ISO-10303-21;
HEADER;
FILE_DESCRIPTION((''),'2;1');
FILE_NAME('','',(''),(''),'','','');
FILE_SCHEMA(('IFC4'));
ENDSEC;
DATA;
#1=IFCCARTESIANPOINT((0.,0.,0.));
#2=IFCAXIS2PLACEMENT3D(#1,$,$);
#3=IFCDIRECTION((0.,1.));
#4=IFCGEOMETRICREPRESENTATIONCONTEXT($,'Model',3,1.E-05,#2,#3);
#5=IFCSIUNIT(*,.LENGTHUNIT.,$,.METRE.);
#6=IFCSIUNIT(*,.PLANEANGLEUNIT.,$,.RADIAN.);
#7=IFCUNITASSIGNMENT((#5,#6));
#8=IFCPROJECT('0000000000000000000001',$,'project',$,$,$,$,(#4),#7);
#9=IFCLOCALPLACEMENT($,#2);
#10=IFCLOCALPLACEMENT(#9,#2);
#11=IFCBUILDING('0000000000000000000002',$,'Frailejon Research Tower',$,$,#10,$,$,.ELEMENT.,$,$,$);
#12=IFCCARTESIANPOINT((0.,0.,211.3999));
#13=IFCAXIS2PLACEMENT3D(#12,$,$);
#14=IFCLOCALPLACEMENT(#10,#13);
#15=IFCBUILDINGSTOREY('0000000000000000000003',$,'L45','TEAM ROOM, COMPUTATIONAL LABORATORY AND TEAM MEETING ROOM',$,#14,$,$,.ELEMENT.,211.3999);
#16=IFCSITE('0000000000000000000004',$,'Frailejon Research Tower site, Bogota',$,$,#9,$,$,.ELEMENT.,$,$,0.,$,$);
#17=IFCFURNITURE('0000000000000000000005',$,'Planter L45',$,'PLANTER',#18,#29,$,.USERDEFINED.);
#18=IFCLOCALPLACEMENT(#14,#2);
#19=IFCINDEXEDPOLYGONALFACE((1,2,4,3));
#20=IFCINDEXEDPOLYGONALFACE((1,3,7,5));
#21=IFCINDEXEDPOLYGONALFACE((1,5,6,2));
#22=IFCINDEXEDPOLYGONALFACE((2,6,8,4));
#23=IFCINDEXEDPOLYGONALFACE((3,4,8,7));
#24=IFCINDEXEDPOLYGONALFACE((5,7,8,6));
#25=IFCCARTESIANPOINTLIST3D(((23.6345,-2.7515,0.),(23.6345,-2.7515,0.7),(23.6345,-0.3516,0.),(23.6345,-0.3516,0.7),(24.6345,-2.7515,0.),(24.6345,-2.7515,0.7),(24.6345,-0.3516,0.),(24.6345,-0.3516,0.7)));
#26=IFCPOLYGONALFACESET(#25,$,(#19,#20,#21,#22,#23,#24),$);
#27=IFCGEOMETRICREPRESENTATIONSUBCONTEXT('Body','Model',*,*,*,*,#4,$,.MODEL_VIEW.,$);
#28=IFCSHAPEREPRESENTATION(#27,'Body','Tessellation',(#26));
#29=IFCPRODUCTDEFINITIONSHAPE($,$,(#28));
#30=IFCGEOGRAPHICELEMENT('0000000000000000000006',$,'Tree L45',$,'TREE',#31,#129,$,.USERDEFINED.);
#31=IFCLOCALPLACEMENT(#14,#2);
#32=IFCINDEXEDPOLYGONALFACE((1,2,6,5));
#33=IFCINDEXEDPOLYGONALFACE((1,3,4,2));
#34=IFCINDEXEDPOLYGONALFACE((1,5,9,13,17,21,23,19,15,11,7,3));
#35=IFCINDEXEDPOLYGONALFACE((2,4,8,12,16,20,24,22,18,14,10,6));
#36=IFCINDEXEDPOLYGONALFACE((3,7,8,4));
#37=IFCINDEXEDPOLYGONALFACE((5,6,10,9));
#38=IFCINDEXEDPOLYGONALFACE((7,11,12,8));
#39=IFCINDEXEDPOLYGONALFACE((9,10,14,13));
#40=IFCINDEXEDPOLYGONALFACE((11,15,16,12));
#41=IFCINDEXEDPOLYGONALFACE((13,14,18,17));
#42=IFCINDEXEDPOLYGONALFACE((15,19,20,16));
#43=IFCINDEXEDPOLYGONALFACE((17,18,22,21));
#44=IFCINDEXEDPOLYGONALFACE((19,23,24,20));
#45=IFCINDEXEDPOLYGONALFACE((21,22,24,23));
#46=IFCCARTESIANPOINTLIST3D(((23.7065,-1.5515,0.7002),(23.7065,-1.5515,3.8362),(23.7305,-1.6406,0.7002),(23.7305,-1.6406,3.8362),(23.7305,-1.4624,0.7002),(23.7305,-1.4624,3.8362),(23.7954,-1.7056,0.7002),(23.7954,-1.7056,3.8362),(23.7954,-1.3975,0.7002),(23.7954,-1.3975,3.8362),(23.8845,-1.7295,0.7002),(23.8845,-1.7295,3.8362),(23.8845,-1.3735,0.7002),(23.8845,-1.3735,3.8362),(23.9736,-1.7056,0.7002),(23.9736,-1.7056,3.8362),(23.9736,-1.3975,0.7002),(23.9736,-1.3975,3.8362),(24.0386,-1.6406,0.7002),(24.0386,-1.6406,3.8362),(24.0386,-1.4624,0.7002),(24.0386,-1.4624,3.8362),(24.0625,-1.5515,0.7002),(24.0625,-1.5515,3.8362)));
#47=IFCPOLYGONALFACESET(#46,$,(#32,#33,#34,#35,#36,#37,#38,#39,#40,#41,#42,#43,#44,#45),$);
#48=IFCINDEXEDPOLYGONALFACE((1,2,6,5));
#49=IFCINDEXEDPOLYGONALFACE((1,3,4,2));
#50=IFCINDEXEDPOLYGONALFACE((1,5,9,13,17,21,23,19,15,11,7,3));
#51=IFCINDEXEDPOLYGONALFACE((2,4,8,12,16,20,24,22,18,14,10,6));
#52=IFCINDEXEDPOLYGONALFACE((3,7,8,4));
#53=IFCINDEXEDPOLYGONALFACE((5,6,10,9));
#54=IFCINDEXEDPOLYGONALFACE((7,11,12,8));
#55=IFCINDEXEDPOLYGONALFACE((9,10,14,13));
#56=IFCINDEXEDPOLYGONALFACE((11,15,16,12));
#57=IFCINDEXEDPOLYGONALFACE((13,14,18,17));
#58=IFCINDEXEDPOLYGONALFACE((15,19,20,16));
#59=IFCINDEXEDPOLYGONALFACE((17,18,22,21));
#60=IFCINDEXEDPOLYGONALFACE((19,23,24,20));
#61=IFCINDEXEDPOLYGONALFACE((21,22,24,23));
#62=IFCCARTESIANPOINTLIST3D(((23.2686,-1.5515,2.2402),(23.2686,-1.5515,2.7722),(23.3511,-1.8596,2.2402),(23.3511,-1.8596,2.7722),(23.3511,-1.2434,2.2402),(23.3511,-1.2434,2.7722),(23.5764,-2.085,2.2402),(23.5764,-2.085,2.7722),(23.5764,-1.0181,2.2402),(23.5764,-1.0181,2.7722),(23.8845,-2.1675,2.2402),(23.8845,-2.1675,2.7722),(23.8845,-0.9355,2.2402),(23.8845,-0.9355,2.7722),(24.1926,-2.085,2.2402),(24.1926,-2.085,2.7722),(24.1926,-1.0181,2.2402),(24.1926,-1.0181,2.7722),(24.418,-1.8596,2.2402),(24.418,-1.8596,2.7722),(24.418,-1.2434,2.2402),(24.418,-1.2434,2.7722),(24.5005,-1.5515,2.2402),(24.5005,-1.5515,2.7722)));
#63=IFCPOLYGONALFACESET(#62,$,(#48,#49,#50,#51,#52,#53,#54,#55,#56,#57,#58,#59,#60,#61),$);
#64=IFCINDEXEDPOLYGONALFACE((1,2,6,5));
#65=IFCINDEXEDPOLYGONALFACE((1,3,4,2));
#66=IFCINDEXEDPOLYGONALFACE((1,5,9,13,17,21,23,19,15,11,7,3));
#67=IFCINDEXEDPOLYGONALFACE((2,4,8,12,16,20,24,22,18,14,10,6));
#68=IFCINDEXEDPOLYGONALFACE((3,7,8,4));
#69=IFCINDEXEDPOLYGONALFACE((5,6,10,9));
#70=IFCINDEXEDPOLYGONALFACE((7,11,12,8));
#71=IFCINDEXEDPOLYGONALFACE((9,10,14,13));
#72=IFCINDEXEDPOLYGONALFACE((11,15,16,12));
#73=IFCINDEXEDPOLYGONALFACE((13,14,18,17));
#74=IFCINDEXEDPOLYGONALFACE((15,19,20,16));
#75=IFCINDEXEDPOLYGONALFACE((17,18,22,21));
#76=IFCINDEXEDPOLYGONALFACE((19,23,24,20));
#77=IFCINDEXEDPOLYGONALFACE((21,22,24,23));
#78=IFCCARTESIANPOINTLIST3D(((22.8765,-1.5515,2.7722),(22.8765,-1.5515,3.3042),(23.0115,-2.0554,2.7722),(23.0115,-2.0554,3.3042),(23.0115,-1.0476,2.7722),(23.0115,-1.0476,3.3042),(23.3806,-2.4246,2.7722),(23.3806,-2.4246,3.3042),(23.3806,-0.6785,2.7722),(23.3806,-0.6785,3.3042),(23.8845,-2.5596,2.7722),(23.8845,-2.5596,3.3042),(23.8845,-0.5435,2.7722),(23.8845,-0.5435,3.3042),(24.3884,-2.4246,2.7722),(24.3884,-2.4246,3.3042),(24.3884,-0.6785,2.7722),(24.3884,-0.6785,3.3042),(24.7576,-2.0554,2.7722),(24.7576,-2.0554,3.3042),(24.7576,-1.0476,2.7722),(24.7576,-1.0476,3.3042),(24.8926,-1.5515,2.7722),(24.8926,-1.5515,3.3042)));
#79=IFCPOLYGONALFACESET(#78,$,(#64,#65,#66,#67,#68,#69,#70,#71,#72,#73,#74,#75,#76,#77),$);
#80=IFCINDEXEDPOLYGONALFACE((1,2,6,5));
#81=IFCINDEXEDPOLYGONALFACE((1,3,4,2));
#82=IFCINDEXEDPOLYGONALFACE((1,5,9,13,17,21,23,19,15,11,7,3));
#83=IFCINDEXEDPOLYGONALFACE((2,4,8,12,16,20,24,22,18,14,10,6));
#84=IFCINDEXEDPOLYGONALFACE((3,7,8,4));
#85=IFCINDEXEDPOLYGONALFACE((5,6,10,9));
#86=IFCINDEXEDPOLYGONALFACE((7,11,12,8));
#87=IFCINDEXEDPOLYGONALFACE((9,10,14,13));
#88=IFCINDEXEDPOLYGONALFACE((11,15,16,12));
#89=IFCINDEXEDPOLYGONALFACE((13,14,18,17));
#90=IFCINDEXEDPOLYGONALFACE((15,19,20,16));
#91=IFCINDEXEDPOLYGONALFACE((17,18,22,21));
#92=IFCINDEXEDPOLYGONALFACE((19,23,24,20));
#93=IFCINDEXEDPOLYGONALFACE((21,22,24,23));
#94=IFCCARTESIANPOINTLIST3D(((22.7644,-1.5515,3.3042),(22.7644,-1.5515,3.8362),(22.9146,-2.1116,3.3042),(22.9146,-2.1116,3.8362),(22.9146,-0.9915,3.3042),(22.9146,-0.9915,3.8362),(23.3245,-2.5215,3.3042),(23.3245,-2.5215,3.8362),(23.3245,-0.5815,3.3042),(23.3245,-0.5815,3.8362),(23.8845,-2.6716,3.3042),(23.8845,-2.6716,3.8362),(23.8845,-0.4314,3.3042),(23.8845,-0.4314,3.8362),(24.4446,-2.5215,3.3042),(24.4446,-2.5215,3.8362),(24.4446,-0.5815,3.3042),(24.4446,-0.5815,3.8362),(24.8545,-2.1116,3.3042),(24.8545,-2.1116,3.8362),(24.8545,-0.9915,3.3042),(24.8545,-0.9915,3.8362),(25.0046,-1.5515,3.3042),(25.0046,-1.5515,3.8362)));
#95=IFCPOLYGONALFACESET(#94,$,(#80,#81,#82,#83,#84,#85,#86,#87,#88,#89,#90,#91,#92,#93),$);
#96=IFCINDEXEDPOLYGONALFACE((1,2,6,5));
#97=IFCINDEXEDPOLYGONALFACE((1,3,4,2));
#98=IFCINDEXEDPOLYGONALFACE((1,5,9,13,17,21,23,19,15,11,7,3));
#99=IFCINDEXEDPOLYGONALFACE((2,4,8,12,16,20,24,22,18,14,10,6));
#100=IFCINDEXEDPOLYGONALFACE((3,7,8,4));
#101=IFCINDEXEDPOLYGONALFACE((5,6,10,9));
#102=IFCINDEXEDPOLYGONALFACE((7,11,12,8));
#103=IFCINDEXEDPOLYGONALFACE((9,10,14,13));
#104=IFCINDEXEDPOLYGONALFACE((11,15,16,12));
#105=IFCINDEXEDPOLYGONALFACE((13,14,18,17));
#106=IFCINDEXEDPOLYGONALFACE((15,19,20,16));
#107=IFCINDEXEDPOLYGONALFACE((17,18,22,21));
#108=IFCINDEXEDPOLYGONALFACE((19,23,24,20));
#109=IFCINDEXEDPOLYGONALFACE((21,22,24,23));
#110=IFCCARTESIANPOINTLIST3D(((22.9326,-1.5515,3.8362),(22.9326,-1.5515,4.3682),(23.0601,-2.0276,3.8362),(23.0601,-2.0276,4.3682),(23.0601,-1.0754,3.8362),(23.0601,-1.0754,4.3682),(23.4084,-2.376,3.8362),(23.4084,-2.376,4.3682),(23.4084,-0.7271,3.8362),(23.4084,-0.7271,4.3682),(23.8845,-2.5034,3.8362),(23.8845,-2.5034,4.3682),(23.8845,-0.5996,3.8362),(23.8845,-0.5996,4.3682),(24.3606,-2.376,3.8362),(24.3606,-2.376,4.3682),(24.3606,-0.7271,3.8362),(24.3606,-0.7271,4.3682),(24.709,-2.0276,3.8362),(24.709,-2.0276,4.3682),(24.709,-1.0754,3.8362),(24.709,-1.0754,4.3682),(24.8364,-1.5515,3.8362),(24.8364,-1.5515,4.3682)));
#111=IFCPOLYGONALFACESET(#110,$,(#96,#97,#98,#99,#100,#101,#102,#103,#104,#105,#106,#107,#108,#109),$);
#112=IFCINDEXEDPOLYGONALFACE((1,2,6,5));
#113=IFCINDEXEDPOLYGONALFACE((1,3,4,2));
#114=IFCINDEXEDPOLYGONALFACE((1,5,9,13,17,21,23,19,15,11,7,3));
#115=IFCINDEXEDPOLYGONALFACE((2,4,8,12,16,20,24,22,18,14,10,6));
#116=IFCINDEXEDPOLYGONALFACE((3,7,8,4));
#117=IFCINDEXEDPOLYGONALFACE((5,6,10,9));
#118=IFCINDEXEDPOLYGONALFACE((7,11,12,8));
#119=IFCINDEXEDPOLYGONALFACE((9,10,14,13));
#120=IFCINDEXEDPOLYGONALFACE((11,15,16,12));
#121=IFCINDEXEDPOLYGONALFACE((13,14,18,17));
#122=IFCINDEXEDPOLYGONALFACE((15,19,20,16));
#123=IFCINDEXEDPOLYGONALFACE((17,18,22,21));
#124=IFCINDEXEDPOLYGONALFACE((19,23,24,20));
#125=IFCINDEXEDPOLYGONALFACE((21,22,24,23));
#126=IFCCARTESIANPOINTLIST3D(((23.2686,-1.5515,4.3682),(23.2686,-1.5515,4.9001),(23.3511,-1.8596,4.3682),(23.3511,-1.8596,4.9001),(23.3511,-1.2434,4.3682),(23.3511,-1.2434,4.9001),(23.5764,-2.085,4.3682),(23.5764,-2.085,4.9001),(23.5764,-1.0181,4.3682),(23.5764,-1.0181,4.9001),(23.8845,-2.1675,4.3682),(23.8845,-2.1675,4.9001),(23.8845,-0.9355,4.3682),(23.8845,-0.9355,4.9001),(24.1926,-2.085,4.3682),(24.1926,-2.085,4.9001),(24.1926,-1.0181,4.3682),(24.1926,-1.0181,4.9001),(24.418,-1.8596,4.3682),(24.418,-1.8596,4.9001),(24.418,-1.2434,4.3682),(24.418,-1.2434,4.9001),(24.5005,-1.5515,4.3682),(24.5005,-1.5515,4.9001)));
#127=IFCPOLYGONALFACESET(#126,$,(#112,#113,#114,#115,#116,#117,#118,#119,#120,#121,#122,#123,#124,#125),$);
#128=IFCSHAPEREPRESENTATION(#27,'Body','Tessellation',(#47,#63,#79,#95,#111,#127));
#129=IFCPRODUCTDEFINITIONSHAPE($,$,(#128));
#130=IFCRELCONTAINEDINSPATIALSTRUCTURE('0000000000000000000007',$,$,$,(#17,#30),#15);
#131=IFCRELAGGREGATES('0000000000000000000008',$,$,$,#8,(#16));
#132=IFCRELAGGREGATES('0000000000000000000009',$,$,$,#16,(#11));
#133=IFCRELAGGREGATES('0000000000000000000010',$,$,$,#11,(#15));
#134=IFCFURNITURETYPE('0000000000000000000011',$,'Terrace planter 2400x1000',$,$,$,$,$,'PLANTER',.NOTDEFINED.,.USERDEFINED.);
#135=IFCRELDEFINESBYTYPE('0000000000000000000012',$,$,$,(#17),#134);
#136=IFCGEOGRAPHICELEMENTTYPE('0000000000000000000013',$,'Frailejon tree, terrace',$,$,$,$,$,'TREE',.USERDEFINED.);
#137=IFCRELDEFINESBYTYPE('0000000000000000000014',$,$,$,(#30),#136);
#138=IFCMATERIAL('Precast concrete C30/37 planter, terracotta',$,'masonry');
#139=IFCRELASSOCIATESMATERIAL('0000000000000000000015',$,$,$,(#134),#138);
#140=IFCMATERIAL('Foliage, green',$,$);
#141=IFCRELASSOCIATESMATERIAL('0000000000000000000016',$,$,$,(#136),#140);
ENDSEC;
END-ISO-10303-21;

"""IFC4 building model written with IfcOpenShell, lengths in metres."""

from ifc_helpers import new_model, si_unit, direction, frame, origin, origin_2d, place, context, subcontext, project, spatial, polyline, rectangle, outline, extrude, material, type_object, element, save


model = new_model("IFC4")

# Units and contexts
model_context = context("Model", 3, precision=1e-05, world=origin(), true_north=direction((0.0, 1.0)))
body_context = subcontext(model_context, "Body", "Model", "MODEL_VIEW")
ifc_project = project(units=[si_unit("LENGTHUNIT", "METRE"), si_unit("PLANEANGLEUNIT", "RADIAN")], contexts=[model_context])

# Site, building, storey
site_placement = place(None, origin())
site = spatial("IfcSite", under=ifc_project, at=site_placement, Name="Frailejon Research Tower site, Bogota", CompositionType="ELEMENT", RefElevation=0.0)
building_placement = place(site_placement, origin())
building = spatial("IfcBuilding", under=site, at=building_placement, Name="Frailejon Research Tower", CompositionType="ELEMENT")
storey_placement = place(building_placement, frame((0.0, 0.0, 211.3999)))
storey = spatial("IfcBuildingStorey", under=building, at=storey_placement, Name="L45", Description="TEAM ROOM, COMPUTATIONAL LABORATORY AND TEAM MEETING ROOM", CompositionType="ELEMENT", Elevation=211.3999)

# Furniture
ifc_material_1 = material(Name="Precast concrete C30/37 planter, terracotta", Category="masonry")
furniture_type = type_object("IfcFurnitureType", Name="Terrace planter 2400x1000", ElementType="PLANTER", AssemblyPlace="NOTDEFINED", PredefinedType="USERDEFINED", material=ifc_material_1)
furniture_placement = place(storey_placement, frame((24.1345, -1.5515, 0.0), z_axis=(0.0, 0.0, 1.0), x_axis=(0.0, 1.0, 0.0)))
element("IfcFurniture", 1, at=furniture_placement, inside=storey, type_object=furniture_type, Name="Planter L45", ObjectType="PLANTER", PredefinedType="USERDEFINED", context=body_context, shape_type="SweptSolid", body=[
    extrude(rectangle(XDim=2.3999, YDim=1.0, at=origin_2d()), origin(), (0.0, 0.0, 1.0), 0.7),
])

# Geographic element
ifc_material_2 = material(Name="Foliage, green")
geographic_element_type = type_object("IfcGeographicElementType", Name="Frailejon tree, terrace", ElementType="TREE", PredefinedType="USERDEFINED", material=ifc_material_2)
geographic_element_placement = place(storey_placement, frame((23.8845, -1.5515, 0.7002)))
element("IfcGeographicElement", 2, at=geographic_element_placement, inside=storey, type_object=geographic_element_type, Name="Tree L45", ObjectType="TREE", PredefinedType="USERDEFINED", context=body_context, shape_type="SweptSolid", body=[
    extrude(outline(polyline([(0.178, 0.0), (0.1541, 0.0891), (0.0891, 0.1541), (0.0, 0.178), (-0.0891, 0.1541), (-0.1541, 0.0891), (-0.178, 0.0), (-0.1541, -0.0891), (-0.0891, -0.1541), (0.0, -0.178), (0.0891, -0.1541), (0.1541, -0.0891), (0.178, 0.0)])), origin(), (0.0, 0.0, 1.0), 3.136),
    extrude(outline(polyline([(0.616, 0.0), (0.5334, 0.3081), (0.3081, 0.5334), (0.0, 0.616), (-0.3081, 0.5334), (-0.5334, 0.3081), (-0.616, 0.0), (-0.5334, -0.3081), (-0.3081, -0.5334), (0.0, -0.616), (0.3081, -0.5334), (0.5334, -0.3081), (0.616, 0.0)])), frame((0.0, 0.0, 1.54)), (0.0, 0.0, 1.0), 0.532),
    extrude(outline(polyline([(1.0081, 0.0), (0.873, 0.5039), (0.5039, 0.873), (0.0, 1.0081), (-0.5039, 0.873), (-0.873, 0.5039), (-1.0081, 0.0), (-0.873, -0.5039), (-0.5039, -0.873), (0.0, -1.0081), (0.5039, -0.873), (0.873, -0.5039), (1.0081, 0.0)])), frame((0.0, 0.0, 2.072)), (0.0, 0.0, 1.0), 0.532),
    extrude(outline(polyline([(1.1201, 0.0), (0.97, 0.5601), (0.5601, 0.97), (0.0, 1.1201), (-0.5601, 0.97), (-0.97, 0.5601), (-1.1201, 0.0), (-0.97, -0.5601), (-0.5601, -0.97), (0.0, -1.1201), (0.5601, -0.97), (0.97, -0.5601), (1.1201, 0.0)])), frame((0.0, 0.0, 2.604)), (0.0, 0.0, 1.0), 0.532),
    extrude(outline(polyline([(0.9519, 0.0), (0.8245, 0.4761), (0.4761, 0.8245), (0.0, 0.9519), (-0.4761, 0.8245), (-0.8245, 0.4761), (-0.9519, 0.0), (-0.8245, -0.4761), (-0.4761, -0.8245), (0.0, -0.9519), (0.4761, -0.8245), (0.8245, -0.4761), (0.9519, 0.0)])), frame((0.0, 0.0, 3.136)), (0.0, 0.0, 1.0), 0.532),
    extrude(outline(polyline([(0.616, 0.0), (0.5334, 0.3081), (0.3081, 0.5334), (0.0, 0.616), (-0.3081, 0.5334), (-0.5334, 0.3081), (-0.616, 0.0), (-0.5334, -0.3081), (-0.3081, -0.5334), (0.0, -0.616), (0.3081, -0.5334), (0.5334, -0.3081), (0.616, 0.0)])), frame((0.0, 0.0, 3.668)), (0.0, 0.0, 1.0), 0.532),
])

save(model, "model.ifc")
